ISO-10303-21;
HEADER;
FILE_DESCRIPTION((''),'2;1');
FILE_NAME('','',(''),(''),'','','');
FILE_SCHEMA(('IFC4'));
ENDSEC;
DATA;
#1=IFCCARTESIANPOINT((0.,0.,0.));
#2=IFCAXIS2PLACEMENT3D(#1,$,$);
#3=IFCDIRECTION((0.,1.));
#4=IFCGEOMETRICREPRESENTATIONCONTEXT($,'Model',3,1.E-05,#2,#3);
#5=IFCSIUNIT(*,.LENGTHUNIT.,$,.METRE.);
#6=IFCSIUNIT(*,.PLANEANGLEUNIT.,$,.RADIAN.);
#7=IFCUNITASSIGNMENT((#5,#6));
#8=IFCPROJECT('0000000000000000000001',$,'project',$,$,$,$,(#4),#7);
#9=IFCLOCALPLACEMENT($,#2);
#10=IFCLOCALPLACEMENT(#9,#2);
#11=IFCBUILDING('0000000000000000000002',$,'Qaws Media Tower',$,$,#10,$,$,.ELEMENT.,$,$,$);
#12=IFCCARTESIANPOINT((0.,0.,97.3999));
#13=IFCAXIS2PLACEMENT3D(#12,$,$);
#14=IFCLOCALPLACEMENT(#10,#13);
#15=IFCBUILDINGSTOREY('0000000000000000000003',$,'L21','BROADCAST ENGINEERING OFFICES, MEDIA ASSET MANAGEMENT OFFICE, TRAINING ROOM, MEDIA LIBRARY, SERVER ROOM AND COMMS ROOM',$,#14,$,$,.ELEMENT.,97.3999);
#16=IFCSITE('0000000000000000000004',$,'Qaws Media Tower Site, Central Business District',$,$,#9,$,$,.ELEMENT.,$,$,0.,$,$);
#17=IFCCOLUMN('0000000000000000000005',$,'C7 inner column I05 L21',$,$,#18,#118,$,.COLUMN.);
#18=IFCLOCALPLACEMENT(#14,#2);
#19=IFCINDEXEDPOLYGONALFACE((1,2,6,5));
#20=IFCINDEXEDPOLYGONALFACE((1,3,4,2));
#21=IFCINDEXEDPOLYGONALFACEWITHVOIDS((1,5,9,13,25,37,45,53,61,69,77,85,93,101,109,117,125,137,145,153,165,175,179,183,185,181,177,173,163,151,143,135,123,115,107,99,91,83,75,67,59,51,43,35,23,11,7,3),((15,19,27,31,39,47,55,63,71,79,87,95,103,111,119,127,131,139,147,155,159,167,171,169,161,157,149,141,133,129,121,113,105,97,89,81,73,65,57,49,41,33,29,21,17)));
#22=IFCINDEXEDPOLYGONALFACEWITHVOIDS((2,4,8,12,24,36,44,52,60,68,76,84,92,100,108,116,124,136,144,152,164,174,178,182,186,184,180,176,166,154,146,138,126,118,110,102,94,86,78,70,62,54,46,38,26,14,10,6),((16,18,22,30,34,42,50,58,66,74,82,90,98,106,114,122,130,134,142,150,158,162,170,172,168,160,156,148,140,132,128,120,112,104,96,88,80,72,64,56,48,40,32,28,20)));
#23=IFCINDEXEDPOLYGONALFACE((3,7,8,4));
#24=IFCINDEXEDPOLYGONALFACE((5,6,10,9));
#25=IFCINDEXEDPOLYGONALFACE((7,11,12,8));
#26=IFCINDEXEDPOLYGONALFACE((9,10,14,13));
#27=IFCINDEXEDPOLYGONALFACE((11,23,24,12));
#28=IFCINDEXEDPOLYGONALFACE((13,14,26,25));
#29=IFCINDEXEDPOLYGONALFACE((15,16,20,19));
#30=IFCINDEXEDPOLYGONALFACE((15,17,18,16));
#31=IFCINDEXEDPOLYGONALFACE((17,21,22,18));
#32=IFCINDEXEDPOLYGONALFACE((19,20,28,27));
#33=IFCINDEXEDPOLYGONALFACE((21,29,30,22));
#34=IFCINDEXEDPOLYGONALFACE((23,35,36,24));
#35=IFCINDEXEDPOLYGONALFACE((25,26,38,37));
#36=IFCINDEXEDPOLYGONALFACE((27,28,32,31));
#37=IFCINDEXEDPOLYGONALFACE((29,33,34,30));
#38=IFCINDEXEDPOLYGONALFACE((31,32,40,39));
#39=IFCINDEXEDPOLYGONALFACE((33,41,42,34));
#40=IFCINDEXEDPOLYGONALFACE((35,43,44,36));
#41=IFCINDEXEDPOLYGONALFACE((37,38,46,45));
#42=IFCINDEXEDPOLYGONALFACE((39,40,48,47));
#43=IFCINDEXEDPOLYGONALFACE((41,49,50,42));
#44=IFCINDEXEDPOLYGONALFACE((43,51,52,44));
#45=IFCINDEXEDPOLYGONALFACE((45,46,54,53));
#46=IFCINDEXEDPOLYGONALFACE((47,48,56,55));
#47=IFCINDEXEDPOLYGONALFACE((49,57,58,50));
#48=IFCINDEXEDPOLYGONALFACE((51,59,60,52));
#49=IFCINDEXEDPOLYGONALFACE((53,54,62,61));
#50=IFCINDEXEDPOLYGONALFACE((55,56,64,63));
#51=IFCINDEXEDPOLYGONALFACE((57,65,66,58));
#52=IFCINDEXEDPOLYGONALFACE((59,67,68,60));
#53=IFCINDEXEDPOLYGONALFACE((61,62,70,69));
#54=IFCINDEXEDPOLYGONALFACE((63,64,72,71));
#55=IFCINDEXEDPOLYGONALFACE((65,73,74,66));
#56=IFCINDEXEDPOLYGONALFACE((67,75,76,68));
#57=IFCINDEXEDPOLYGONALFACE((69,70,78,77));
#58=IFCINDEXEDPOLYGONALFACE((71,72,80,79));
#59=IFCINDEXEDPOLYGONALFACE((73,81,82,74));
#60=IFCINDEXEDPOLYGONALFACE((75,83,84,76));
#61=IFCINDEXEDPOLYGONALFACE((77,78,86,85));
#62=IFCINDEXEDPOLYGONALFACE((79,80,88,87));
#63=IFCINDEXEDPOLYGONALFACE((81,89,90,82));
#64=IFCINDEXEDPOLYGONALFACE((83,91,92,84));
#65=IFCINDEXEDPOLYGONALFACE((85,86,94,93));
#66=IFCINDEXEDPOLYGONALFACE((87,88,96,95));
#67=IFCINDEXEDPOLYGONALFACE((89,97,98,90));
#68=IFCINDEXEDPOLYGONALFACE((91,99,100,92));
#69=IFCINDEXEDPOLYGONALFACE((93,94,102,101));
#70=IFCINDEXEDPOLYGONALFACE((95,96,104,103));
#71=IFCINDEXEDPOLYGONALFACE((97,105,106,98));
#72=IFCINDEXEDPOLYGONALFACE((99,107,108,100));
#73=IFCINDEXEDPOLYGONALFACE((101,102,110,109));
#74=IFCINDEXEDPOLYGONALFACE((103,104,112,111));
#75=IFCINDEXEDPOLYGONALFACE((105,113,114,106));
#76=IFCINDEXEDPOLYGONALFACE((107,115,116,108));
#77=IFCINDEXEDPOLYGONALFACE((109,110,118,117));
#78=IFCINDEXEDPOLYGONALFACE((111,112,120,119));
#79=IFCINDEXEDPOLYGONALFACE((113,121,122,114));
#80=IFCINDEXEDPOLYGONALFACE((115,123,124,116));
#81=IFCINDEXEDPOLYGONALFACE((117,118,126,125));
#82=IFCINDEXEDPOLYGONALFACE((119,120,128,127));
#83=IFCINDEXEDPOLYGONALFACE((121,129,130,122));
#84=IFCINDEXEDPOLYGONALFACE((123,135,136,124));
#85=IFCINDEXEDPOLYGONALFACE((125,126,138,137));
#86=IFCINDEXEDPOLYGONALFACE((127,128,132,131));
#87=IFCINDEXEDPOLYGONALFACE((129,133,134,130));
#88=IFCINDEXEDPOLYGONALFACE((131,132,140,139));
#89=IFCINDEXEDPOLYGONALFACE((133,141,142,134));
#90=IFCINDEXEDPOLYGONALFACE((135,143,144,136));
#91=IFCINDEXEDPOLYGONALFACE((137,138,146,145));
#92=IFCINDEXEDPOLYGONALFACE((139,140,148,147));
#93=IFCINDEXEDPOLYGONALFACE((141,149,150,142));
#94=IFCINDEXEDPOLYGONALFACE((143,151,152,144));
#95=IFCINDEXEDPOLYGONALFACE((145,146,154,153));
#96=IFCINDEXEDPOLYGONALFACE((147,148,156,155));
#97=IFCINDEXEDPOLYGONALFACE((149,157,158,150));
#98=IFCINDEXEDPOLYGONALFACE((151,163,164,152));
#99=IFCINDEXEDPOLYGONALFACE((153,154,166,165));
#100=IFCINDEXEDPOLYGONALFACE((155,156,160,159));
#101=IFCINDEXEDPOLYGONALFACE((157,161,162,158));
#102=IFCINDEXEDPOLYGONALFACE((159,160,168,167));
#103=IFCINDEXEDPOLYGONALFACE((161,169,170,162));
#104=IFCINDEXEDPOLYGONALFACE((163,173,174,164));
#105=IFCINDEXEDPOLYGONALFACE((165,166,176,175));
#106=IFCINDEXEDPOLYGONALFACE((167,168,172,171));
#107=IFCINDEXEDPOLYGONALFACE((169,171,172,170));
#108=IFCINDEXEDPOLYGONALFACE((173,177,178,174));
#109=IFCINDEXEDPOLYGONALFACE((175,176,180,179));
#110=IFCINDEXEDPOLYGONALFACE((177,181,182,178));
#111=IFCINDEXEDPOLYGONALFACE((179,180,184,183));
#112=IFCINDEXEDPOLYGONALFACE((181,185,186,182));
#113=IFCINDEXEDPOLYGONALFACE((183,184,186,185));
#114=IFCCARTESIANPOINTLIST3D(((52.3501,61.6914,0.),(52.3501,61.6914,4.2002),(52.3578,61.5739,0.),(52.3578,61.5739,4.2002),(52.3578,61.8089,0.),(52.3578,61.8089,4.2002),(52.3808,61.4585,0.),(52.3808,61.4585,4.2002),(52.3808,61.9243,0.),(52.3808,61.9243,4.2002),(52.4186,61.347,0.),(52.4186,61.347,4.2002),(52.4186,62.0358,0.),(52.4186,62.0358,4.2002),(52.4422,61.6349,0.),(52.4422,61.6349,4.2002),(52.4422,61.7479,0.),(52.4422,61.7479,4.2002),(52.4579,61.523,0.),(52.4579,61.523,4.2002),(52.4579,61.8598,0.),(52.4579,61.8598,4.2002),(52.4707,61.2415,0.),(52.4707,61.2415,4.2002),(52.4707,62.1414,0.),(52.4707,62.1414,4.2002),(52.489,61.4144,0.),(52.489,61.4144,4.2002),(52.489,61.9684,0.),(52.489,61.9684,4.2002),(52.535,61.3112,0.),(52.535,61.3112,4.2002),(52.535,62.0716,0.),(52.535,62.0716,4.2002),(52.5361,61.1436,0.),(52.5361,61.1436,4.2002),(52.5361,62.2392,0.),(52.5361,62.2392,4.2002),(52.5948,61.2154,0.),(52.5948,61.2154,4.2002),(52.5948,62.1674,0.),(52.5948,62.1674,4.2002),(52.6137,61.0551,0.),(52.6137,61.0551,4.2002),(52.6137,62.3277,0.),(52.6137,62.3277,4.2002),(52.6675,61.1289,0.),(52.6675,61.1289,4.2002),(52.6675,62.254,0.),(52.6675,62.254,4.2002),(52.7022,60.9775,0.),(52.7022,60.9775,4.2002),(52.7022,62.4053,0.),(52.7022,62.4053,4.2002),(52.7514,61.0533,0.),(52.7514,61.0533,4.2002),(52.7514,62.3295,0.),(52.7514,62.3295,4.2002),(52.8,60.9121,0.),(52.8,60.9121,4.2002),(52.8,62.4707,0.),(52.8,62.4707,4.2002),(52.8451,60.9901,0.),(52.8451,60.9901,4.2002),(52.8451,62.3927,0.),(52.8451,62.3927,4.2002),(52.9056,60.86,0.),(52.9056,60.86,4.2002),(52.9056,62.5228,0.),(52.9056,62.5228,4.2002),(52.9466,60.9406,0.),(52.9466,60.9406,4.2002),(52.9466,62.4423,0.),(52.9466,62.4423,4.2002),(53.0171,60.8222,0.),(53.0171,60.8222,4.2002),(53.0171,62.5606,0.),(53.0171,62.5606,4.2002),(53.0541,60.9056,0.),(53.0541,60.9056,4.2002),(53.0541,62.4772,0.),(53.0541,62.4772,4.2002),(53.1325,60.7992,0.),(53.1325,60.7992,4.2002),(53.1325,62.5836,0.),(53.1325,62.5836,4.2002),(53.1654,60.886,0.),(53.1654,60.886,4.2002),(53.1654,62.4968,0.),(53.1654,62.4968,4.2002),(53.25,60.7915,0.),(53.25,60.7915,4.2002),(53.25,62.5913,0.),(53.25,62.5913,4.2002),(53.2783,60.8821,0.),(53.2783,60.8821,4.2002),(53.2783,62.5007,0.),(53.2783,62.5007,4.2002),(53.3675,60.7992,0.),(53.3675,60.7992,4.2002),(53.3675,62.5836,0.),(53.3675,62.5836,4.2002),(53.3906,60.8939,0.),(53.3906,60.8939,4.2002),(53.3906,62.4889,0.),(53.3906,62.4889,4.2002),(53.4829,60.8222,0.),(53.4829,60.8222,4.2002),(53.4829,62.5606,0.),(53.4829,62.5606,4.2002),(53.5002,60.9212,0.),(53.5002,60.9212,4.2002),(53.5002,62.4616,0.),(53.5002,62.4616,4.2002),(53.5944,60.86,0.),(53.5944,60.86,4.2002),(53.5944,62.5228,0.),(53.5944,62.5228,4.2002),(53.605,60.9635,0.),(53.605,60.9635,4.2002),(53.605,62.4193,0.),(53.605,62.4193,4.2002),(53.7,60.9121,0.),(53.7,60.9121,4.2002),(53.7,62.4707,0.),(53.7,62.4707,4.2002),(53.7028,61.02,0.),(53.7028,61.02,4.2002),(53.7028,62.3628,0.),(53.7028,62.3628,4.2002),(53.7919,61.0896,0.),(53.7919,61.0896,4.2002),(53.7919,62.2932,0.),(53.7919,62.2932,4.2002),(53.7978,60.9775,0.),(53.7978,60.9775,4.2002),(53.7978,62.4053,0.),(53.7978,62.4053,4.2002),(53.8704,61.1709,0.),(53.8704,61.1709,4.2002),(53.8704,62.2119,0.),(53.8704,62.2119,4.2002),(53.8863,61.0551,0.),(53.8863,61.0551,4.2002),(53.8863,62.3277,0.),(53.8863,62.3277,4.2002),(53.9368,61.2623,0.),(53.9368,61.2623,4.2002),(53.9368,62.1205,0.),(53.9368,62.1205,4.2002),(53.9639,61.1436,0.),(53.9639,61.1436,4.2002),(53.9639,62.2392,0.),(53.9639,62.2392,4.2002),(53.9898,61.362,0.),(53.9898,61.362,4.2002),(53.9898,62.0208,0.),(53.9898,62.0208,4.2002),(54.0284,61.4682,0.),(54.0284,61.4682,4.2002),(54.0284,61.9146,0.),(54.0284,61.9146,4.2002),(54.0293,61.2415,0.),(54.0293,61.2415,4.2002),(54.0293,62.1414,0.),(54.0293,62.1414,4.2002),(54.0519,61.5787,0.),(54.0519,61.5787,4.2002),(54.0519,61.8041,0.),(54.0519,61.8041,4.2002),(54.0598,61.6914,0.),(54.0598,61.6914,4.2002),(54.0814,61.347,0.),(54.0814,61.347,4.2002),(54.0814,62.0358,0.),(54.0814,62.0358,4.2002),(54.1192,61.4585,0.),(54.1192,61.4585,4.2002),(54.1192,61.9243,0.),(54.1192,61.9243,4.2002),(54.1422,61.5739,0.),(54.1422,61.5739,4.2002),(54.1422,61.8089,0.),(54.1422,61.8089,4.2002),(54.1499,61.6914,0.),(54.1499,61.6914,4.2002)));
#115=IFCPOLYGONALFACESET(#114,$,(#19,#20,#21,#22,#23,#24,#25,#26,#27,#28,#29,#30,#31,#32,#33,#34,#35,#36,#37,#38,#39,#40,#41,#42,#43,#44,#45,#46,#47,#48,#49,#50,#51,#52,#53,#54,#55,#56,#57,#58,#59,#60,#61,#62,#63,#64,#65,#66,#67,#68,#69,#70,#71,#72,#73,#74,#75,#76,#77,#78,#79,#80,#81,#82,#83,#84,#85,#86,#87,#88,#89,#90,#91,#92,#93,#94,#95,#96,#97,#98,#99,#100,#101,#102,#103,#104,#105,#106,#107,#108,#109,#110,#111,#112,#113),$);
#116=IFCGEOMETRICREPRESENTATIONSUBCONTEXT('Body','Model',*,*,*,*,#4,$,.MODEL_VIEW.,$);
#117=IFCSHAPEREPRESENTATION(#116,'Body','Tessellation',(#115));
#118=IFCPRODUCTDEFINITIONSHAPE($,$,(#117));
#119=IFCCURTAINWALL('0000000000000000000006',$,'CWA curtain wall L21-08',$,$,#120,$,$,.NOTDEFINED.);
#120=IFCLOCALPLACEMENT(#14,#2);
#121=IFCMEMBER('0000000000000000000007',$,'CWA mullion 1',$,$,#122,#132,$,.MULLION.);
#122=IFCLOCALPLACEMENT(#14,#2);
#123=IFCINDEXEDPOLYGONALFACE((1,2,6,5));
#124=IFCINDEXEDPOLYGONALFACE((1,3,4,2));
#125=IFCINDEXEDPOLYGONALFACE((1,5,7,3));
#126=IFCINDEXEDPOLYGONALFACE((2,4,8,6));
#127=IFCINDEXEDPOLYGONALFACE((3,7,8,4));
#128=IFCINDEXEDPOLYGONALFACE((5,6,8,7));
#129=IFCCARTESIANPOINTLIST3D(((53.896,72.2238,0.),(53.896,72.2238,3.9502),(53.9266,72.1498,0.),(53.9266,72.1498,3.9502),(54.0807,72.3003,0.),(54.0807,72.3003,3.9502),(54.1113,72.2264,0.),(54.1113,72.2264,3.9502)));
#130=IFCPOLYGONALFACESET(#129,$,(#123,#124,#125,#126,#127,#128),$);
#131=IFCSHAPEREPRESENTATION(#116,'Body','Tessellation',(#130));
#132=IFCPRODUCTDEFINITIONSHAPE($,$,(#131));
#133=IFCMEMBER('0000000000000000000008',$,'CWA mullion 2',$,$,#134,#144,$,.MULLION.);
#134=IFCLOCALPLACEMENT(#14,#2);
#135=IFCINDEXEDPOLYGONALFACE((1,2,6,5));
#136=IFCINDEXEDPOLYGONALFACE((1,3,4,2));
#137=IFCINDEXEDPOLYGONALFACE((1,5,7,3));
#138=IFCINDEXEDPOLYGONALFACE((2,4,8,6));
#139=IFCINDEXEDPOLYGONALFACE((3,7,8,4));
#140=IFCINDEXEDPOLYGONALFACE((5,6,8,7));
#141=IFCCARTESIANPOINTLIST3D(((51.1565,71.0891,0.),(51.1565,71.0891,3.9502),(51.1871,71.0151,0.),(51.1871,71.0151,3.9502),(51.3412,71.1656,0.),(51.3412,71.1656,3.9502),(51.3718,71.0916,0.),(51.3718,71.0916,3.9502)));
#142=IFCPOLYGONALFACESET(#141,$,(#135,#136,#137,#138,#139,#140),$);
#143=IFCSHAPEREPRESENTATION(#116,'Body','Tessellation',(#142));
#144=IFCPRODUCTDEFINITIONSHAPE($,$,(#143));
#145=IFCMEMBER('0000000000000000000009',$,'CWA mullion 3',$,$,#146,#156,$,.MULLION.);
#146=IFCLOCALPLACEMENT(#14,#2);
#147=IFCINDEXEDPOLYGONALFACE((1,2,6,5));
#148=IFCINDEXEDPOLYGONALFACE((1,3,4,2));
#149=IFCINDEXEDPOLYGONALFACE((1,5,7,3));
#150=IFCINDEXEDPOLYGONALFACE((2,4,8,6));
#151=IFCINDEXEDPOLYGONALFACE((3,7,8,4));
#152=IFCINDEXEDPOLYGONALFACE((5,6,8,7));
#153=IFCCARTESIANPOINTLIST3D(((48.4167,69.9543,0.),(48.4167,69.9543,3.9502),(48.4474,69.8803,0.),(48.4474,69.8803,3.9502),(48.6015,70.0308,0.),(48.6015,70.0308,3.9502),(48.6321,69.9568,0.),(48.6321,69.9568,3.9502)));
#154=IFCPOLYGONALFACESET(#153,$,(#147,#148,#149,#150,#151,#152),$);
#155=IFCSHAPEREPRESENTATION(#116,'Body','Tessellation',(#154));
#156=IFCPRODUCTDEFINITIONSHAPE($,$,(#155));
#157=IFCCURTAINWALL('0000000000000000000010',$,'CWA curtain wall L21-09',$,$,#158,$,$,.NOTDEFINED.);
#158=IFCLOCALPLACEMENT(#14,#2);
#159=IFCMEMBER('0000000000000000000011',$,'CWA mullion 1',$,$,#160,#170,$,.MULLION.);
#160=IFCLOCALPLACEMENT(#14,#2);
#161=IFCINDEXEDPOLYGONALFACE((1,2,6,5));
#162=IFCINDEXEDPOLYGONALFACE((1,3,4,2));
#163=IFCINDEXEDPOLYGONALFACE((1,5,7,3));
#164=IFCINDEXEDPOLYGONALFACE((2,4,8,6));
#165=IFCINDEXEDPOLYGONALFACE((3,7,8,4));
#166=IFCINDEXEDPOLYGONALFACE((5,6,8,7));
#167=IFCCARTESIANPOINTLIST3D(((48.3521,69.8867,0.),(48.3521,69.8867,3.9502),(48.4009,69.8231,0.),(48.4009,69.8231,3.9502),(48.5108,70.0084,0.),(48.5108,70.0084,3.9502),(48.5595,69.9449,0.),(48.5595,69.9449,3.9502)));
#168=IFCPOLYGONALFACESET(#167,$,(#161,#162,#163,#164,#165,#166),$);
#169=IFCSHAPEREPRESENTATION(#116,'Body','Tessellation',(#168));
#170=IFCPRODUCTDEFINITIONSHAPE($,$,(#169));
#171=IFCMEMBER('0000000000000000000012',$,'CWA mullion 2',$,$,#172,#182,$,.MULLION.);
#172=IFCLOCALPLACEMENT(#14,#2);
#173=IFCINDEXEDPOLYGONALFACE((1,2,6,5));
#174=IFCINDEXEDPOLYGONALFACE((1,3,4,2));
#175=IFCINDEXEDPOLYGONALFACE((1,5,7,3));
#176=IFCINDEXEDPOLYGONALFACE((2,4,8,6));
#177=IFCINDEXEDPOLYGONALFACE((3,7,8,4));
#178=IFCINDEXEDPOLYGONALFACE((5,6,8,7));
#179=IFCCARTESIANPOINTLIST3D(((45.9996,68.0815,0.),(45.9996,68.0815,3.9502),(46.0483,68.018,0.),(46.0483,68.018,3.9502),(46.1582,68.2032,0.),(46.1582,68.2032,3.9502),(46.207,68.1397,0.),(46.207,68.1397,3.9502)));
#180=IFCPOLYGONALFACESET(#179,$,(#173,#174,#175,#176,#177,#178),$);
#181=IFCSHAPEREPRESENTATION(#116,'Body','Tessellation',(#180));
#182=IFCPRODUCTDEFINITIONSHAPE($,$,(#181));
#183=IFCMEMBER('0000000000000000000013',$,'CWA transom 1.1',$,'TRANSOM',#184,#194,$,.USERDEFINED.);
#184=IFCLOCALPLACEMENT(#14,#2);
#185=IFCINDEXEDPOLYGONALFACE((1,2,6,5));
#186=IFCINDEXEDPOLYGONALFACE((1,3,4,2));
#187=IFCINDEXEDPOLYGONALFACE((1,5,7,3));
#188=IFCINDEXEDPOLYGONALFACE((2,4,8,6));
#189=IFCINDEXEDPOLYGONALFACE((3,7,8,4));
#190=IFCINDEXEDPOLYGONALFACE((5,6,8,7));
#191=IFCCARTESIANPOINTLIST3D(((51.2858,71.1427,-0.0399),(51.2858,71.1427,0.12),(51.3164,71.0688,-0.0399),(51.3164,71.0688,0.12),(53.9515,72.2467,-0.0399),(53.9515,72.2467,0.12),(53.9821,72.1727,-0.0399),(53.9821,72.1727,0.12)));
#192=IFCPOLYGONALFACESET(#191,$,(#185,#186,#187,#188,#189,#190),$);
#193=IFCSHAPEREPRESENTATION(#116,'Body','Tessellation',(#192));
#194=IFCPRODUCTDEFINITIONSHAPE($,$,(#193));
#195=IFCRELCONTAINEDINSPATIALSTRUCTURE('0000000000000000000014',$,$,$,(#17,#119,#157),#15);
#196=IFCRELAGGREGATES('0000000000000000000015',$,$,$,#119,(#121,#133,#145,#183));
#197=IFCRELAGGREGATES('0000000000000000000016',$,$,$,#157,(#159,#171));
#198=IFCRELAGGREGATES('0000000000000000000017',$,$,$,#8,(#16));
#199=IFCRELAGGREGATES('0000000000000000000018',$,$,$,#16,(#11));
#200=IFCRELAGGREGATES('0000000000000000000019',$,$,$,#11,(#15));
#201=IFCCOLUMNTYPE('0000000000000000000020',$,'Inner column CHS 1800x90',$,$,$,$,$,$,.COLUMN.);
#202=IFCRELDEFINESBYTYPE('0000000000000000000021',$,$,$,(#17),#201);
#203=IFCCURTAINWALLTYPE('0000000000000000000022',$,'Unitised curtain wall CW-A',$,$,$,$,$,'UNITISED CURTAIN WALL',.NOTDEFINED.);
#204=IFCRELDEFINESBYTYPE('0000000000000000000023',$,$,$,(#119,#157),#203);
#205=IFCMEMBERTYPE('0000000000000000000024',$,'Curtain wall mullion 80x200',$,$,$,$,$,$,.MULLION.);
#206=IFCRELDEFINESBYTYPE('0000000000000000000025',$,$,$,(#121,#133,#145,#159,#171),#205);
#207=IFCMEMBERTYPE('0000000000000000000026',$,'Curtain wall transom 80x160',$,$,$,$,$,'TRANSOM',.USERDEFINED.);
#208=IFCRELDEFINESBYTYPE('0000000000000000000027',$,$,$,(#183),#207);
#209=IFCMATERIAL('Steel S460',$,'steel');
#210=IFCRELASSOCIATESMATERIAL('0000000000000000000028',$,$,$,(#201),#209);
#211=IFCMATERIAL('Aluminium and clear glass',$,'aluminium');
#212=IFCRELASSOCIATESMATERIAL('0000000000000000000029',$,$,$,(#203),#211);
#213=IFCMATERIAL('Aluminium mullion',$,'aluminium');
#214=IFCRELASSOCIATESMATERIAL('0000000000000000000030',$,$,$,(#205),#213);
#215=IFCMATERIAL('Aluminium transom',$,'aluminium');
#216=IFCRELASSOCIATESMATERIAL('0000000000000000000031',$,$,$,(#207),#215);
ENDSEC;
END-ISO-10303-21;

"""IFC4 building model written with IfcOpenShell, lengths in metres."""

from ifc_helpers import new_model, si_unit, direction, frame, origin, origin_2d, place, context, subcontext, project, spatial, rectangle, hollow_circle, extrude, material, material_profile, profile_set, type_object, element, aggregate, save


model = new_model("IFC4")

# Units and contexts
model_context = context("Model", 3, precision=1e-05, world=origin(), true_north=direction((0.0, 1.0)))
body_context = subcontext(model_context, "Body", "Model", "MODEL_VIEW")
ifc_project = project(units=[si_unit("LENGTHUNIT", "METRE"), si_unit("PLANEANGLEUNIT", "RADIAN")], contexts=[model_context])

# Site, building, storey
site_placement = place(None, origin())
site = spatial("IfcSite", under=ifc_project, at=site_placement, Name="Qaws Media Tower Site, Central Business District", CompositionType="ELEMENT", RefElevation=0.0)
building_placement = place(site_placement, origin())
building = spatial("IfcBuilding", under=site, at=building_placement, Name="Qaws Media Tower", CompositionType="ELEMENT")
storey_placement = place(building_placement, frame((0.0, 0.0, 97.3999)))
storey = spatial("IfcBuildingStorey", under=building, at=storey_placement, Name="L21", Description="BROADCAST ENGINEERING OFFICES, MEDIA ASSET MANAGEMENT OFFICE, TRAINING ROOM, MEDIA LIBRARY, SERVER ROOM AND COMMS ROOM", CompositionType="ELEMENT", Elevation=97.3999)

# Column
ifc_material_1 = material(Name="Steel S460", Category="steel")
ifc_material_profile_1 = material_profile(ifc_material_1, hollow_circle(Radius=0.8999, WallThickness=0.0901, at=origin_2d()), Name="CHS 1800x90")
ifc_profile_set_1 = profile_set([ifc_material_profile_1], Name="Steel S460")
column_type = type_object("IfcColumnType", Name="Inner column CHS 1800x90", PredefinedType="COLUMN", material=ifc_profile_set_1)
column_placement = place(storey_placement, frame((53.25, 61.6914, 0.0), z_axis=(0.0, 0.0, 1.0), x_axis=(1.0, 0.0, 0.0)))
element("IfcColumn", 1, at=column_placement, inside=storey, type_object=column_type, Name="C7 inner column I05 L21", PredefinedType="COLUMN", context=body_context, shape_type="SweptSolid", body=[
    extrude(hollow_circle(Radius=0.8999, WallThickness=0.0901, at=origin_2d()), origin(), (0.0, 0.0, 1.0), 4.2002),
])

# Curtain walls, members
ifc_material_2 = material(Name="Aluminium and clear glass", Category="aluminium")
curtain_wall_type = type_object("IfcCurtainWallType", Name="Unitised curtain wall CW-A", ElementType="UNITISED CURTAIN WALL", PredefinedType="NOTDEFINED", material=ifc_material_2)
curtain_wall_1_placement = place(storey_placement, origin())
curtain_wall_1 = element("IfcCurtainWall", 2, at=curtain_wall_1_placement, inside=storey, type_object=curtain_wall_type, Name="CWA curtain wall L21-08", PredefinedType="NOTDEFINED")
ifc_material_3 = material(Name="Aluminium mullion", Category="aluminium")
ifc_material_profile_2 = material_profile(ifc_material_3, rectangle(XDim=0.0801, YDim=0.2, at=origin_2d()), Name="80x200")
ifc_profile_set_2 = profile_set([ifc_material_profile_2], Name="Aluminium mullion")
member_type_1 = type_object("IfcMemberType", Name="Curtain wall mullion 80x200", PredefinedType="MULLION", material=ifc_profile_set_2)
member_1_placement = place(storey_placement, frame((54.0037, 72.2251, 0.0), z_axis=(0.0, 0.0, 1.0), x_axis=(0.382683, -0.92388, 0.0)))
member_1 = element("IfcMember", 3, at=member_1_placement, type_object=member_type_1, Name="CWA mullion 1", PredefinedType="MULLION", context=body_context, shape_type="SweptSolid", body=[
    extrude(rectangle(XDim=0.0801, YDim=0.2, at=origin_2d()), origin(), (0.0, 0.0, 1.0), 3.9502),
])
member_2_placement = place(storey_placement, frame((51.2642, 71.0903, 0.0), z_axis=(0.0, 0.0, 1.0), x_axis=(0.382683, -0.92388, 0.0)))
member_2 = element("IfcMember", 4, at=member_2_placement, type_object=member_type_1, Name="CWA mullion 2", PredefinedType="MULLION", context=body_context, shape_type="SweptSolid", body=[
    extrude(rectangle(XDim=0.0801, YDim=0.2, at=origin_2d()), origin(), (0.0, 0.0, 1.0), 3.9502),
])
member_3_placement = place(storey_placement, frame((48.5244, 69.9556, 0.0), z_axis=(0.0, 0.0, 1.0), x_axis=(0.382683, -0.92388, 0.0)))
member_3 = element("IfcMember", 5, at=member_3_placement, type_object=member_type_1, Name="CWA mullion 3", PredefinedType="MULLION", context=body_context, shape_type="SweptSolid", body=[
    extrude(rectangle(XDim=0.0801, YDim=0.2, at=origin_2d()), origin(), (0.0, 0.0, 1.0), 3.9502),
])
curtain_wall_2_placement = place(storey_placement, origin())
curtain_wall_2 = element("IfcCurtainWall", 6, at=curtain_wall_2_placement, inside=storey, type_object=curtain_wall_type, Name="CWA curtain wall L21-09", PredefinedType="NOTDEFINED")
member_4_placement = place(storey_placement, frame((48.4558, 69.9158, 0.0), z_axis=(0.0, 0.0, 1.0), x_axis=(0.608761, -0.793353, 0.0)))
member_4 = element("IfcMember", 7, at=member_4_placement, type_object=member_type_1, Name="CWA mullion 1", PredefinedType="MULLION", context=body_context, shape_type="SweptSolid", body=[
    extrude(rectangle(XDim=0.0801, YDim=0.2, at=origin_2d()), origin(), (0.0, 0.0, 1.0), 3.9502),
])
member_5_placement = place(storey_placement, frame((46.1033, 68.1106, 0.0), z_axis=(0.0, 0.0, 1.0), x_axis=(0.608761, -0.793353, 0.0)))
member_5 = element("IfcMember", 8, at=member_5_placement, type_object=member_type_1, Name="CWA mullion 2", PredefinedType="MULLION", context=body_context, shape_type="SweptSolid", body=[
    extrude(rectangle(XDim=0.0801, YDim=0.2, at=origin_2d()), origin(), (0.0, 0.0, 1.0), 3.9502),
])

# Member
ifc_material_4 = material(Name="Aluminium transom", Category="aluminium")
ifc_material_profile_3 = material_profile(ifc_material_4, rectangle(XDim=0.0801, YDim=0.1599, at=origin_2d()), Name="80x160")
ifc_profile_set_3 = profile_set([ifc_material_profile_3], Name="Aluminium transom")
member_type_2 = type_object("IfcMemberType", Name="Curtain wall transom 80x160", ElementType="TRANSOM", PredefinedType="USERDEFINED", material=ifc_profile_set_3)
member_6_placement = place(storey_placement, frame((53.9668, 72.2097, 0.04), z_axis=(-0.923903, -0.382626, 0.0), x_axis=(0.382626, -0.923903, 0.0)))
member_6 = element("IfcMember", 9, at=member_6_placement, type_object=member_type_2, Name="CWA transom 1.1", ObjectType="TRANSOM", PredefinedType="USERDEFINED", context=body_context, shape_type="SweptSolid", body=[
    extrude(rectangle(XDim=0.0801, YDim=0.1599, at=origin_2d()), origin(), (0.0, 0.0, 1.0), 2.8853),
])

aggregate(curtain_wall_1, [member_1, member_2, member_3, member_6])
aggregate(curtain_wall_2, [member_4, member_5])

save(model, "model.ifc")
